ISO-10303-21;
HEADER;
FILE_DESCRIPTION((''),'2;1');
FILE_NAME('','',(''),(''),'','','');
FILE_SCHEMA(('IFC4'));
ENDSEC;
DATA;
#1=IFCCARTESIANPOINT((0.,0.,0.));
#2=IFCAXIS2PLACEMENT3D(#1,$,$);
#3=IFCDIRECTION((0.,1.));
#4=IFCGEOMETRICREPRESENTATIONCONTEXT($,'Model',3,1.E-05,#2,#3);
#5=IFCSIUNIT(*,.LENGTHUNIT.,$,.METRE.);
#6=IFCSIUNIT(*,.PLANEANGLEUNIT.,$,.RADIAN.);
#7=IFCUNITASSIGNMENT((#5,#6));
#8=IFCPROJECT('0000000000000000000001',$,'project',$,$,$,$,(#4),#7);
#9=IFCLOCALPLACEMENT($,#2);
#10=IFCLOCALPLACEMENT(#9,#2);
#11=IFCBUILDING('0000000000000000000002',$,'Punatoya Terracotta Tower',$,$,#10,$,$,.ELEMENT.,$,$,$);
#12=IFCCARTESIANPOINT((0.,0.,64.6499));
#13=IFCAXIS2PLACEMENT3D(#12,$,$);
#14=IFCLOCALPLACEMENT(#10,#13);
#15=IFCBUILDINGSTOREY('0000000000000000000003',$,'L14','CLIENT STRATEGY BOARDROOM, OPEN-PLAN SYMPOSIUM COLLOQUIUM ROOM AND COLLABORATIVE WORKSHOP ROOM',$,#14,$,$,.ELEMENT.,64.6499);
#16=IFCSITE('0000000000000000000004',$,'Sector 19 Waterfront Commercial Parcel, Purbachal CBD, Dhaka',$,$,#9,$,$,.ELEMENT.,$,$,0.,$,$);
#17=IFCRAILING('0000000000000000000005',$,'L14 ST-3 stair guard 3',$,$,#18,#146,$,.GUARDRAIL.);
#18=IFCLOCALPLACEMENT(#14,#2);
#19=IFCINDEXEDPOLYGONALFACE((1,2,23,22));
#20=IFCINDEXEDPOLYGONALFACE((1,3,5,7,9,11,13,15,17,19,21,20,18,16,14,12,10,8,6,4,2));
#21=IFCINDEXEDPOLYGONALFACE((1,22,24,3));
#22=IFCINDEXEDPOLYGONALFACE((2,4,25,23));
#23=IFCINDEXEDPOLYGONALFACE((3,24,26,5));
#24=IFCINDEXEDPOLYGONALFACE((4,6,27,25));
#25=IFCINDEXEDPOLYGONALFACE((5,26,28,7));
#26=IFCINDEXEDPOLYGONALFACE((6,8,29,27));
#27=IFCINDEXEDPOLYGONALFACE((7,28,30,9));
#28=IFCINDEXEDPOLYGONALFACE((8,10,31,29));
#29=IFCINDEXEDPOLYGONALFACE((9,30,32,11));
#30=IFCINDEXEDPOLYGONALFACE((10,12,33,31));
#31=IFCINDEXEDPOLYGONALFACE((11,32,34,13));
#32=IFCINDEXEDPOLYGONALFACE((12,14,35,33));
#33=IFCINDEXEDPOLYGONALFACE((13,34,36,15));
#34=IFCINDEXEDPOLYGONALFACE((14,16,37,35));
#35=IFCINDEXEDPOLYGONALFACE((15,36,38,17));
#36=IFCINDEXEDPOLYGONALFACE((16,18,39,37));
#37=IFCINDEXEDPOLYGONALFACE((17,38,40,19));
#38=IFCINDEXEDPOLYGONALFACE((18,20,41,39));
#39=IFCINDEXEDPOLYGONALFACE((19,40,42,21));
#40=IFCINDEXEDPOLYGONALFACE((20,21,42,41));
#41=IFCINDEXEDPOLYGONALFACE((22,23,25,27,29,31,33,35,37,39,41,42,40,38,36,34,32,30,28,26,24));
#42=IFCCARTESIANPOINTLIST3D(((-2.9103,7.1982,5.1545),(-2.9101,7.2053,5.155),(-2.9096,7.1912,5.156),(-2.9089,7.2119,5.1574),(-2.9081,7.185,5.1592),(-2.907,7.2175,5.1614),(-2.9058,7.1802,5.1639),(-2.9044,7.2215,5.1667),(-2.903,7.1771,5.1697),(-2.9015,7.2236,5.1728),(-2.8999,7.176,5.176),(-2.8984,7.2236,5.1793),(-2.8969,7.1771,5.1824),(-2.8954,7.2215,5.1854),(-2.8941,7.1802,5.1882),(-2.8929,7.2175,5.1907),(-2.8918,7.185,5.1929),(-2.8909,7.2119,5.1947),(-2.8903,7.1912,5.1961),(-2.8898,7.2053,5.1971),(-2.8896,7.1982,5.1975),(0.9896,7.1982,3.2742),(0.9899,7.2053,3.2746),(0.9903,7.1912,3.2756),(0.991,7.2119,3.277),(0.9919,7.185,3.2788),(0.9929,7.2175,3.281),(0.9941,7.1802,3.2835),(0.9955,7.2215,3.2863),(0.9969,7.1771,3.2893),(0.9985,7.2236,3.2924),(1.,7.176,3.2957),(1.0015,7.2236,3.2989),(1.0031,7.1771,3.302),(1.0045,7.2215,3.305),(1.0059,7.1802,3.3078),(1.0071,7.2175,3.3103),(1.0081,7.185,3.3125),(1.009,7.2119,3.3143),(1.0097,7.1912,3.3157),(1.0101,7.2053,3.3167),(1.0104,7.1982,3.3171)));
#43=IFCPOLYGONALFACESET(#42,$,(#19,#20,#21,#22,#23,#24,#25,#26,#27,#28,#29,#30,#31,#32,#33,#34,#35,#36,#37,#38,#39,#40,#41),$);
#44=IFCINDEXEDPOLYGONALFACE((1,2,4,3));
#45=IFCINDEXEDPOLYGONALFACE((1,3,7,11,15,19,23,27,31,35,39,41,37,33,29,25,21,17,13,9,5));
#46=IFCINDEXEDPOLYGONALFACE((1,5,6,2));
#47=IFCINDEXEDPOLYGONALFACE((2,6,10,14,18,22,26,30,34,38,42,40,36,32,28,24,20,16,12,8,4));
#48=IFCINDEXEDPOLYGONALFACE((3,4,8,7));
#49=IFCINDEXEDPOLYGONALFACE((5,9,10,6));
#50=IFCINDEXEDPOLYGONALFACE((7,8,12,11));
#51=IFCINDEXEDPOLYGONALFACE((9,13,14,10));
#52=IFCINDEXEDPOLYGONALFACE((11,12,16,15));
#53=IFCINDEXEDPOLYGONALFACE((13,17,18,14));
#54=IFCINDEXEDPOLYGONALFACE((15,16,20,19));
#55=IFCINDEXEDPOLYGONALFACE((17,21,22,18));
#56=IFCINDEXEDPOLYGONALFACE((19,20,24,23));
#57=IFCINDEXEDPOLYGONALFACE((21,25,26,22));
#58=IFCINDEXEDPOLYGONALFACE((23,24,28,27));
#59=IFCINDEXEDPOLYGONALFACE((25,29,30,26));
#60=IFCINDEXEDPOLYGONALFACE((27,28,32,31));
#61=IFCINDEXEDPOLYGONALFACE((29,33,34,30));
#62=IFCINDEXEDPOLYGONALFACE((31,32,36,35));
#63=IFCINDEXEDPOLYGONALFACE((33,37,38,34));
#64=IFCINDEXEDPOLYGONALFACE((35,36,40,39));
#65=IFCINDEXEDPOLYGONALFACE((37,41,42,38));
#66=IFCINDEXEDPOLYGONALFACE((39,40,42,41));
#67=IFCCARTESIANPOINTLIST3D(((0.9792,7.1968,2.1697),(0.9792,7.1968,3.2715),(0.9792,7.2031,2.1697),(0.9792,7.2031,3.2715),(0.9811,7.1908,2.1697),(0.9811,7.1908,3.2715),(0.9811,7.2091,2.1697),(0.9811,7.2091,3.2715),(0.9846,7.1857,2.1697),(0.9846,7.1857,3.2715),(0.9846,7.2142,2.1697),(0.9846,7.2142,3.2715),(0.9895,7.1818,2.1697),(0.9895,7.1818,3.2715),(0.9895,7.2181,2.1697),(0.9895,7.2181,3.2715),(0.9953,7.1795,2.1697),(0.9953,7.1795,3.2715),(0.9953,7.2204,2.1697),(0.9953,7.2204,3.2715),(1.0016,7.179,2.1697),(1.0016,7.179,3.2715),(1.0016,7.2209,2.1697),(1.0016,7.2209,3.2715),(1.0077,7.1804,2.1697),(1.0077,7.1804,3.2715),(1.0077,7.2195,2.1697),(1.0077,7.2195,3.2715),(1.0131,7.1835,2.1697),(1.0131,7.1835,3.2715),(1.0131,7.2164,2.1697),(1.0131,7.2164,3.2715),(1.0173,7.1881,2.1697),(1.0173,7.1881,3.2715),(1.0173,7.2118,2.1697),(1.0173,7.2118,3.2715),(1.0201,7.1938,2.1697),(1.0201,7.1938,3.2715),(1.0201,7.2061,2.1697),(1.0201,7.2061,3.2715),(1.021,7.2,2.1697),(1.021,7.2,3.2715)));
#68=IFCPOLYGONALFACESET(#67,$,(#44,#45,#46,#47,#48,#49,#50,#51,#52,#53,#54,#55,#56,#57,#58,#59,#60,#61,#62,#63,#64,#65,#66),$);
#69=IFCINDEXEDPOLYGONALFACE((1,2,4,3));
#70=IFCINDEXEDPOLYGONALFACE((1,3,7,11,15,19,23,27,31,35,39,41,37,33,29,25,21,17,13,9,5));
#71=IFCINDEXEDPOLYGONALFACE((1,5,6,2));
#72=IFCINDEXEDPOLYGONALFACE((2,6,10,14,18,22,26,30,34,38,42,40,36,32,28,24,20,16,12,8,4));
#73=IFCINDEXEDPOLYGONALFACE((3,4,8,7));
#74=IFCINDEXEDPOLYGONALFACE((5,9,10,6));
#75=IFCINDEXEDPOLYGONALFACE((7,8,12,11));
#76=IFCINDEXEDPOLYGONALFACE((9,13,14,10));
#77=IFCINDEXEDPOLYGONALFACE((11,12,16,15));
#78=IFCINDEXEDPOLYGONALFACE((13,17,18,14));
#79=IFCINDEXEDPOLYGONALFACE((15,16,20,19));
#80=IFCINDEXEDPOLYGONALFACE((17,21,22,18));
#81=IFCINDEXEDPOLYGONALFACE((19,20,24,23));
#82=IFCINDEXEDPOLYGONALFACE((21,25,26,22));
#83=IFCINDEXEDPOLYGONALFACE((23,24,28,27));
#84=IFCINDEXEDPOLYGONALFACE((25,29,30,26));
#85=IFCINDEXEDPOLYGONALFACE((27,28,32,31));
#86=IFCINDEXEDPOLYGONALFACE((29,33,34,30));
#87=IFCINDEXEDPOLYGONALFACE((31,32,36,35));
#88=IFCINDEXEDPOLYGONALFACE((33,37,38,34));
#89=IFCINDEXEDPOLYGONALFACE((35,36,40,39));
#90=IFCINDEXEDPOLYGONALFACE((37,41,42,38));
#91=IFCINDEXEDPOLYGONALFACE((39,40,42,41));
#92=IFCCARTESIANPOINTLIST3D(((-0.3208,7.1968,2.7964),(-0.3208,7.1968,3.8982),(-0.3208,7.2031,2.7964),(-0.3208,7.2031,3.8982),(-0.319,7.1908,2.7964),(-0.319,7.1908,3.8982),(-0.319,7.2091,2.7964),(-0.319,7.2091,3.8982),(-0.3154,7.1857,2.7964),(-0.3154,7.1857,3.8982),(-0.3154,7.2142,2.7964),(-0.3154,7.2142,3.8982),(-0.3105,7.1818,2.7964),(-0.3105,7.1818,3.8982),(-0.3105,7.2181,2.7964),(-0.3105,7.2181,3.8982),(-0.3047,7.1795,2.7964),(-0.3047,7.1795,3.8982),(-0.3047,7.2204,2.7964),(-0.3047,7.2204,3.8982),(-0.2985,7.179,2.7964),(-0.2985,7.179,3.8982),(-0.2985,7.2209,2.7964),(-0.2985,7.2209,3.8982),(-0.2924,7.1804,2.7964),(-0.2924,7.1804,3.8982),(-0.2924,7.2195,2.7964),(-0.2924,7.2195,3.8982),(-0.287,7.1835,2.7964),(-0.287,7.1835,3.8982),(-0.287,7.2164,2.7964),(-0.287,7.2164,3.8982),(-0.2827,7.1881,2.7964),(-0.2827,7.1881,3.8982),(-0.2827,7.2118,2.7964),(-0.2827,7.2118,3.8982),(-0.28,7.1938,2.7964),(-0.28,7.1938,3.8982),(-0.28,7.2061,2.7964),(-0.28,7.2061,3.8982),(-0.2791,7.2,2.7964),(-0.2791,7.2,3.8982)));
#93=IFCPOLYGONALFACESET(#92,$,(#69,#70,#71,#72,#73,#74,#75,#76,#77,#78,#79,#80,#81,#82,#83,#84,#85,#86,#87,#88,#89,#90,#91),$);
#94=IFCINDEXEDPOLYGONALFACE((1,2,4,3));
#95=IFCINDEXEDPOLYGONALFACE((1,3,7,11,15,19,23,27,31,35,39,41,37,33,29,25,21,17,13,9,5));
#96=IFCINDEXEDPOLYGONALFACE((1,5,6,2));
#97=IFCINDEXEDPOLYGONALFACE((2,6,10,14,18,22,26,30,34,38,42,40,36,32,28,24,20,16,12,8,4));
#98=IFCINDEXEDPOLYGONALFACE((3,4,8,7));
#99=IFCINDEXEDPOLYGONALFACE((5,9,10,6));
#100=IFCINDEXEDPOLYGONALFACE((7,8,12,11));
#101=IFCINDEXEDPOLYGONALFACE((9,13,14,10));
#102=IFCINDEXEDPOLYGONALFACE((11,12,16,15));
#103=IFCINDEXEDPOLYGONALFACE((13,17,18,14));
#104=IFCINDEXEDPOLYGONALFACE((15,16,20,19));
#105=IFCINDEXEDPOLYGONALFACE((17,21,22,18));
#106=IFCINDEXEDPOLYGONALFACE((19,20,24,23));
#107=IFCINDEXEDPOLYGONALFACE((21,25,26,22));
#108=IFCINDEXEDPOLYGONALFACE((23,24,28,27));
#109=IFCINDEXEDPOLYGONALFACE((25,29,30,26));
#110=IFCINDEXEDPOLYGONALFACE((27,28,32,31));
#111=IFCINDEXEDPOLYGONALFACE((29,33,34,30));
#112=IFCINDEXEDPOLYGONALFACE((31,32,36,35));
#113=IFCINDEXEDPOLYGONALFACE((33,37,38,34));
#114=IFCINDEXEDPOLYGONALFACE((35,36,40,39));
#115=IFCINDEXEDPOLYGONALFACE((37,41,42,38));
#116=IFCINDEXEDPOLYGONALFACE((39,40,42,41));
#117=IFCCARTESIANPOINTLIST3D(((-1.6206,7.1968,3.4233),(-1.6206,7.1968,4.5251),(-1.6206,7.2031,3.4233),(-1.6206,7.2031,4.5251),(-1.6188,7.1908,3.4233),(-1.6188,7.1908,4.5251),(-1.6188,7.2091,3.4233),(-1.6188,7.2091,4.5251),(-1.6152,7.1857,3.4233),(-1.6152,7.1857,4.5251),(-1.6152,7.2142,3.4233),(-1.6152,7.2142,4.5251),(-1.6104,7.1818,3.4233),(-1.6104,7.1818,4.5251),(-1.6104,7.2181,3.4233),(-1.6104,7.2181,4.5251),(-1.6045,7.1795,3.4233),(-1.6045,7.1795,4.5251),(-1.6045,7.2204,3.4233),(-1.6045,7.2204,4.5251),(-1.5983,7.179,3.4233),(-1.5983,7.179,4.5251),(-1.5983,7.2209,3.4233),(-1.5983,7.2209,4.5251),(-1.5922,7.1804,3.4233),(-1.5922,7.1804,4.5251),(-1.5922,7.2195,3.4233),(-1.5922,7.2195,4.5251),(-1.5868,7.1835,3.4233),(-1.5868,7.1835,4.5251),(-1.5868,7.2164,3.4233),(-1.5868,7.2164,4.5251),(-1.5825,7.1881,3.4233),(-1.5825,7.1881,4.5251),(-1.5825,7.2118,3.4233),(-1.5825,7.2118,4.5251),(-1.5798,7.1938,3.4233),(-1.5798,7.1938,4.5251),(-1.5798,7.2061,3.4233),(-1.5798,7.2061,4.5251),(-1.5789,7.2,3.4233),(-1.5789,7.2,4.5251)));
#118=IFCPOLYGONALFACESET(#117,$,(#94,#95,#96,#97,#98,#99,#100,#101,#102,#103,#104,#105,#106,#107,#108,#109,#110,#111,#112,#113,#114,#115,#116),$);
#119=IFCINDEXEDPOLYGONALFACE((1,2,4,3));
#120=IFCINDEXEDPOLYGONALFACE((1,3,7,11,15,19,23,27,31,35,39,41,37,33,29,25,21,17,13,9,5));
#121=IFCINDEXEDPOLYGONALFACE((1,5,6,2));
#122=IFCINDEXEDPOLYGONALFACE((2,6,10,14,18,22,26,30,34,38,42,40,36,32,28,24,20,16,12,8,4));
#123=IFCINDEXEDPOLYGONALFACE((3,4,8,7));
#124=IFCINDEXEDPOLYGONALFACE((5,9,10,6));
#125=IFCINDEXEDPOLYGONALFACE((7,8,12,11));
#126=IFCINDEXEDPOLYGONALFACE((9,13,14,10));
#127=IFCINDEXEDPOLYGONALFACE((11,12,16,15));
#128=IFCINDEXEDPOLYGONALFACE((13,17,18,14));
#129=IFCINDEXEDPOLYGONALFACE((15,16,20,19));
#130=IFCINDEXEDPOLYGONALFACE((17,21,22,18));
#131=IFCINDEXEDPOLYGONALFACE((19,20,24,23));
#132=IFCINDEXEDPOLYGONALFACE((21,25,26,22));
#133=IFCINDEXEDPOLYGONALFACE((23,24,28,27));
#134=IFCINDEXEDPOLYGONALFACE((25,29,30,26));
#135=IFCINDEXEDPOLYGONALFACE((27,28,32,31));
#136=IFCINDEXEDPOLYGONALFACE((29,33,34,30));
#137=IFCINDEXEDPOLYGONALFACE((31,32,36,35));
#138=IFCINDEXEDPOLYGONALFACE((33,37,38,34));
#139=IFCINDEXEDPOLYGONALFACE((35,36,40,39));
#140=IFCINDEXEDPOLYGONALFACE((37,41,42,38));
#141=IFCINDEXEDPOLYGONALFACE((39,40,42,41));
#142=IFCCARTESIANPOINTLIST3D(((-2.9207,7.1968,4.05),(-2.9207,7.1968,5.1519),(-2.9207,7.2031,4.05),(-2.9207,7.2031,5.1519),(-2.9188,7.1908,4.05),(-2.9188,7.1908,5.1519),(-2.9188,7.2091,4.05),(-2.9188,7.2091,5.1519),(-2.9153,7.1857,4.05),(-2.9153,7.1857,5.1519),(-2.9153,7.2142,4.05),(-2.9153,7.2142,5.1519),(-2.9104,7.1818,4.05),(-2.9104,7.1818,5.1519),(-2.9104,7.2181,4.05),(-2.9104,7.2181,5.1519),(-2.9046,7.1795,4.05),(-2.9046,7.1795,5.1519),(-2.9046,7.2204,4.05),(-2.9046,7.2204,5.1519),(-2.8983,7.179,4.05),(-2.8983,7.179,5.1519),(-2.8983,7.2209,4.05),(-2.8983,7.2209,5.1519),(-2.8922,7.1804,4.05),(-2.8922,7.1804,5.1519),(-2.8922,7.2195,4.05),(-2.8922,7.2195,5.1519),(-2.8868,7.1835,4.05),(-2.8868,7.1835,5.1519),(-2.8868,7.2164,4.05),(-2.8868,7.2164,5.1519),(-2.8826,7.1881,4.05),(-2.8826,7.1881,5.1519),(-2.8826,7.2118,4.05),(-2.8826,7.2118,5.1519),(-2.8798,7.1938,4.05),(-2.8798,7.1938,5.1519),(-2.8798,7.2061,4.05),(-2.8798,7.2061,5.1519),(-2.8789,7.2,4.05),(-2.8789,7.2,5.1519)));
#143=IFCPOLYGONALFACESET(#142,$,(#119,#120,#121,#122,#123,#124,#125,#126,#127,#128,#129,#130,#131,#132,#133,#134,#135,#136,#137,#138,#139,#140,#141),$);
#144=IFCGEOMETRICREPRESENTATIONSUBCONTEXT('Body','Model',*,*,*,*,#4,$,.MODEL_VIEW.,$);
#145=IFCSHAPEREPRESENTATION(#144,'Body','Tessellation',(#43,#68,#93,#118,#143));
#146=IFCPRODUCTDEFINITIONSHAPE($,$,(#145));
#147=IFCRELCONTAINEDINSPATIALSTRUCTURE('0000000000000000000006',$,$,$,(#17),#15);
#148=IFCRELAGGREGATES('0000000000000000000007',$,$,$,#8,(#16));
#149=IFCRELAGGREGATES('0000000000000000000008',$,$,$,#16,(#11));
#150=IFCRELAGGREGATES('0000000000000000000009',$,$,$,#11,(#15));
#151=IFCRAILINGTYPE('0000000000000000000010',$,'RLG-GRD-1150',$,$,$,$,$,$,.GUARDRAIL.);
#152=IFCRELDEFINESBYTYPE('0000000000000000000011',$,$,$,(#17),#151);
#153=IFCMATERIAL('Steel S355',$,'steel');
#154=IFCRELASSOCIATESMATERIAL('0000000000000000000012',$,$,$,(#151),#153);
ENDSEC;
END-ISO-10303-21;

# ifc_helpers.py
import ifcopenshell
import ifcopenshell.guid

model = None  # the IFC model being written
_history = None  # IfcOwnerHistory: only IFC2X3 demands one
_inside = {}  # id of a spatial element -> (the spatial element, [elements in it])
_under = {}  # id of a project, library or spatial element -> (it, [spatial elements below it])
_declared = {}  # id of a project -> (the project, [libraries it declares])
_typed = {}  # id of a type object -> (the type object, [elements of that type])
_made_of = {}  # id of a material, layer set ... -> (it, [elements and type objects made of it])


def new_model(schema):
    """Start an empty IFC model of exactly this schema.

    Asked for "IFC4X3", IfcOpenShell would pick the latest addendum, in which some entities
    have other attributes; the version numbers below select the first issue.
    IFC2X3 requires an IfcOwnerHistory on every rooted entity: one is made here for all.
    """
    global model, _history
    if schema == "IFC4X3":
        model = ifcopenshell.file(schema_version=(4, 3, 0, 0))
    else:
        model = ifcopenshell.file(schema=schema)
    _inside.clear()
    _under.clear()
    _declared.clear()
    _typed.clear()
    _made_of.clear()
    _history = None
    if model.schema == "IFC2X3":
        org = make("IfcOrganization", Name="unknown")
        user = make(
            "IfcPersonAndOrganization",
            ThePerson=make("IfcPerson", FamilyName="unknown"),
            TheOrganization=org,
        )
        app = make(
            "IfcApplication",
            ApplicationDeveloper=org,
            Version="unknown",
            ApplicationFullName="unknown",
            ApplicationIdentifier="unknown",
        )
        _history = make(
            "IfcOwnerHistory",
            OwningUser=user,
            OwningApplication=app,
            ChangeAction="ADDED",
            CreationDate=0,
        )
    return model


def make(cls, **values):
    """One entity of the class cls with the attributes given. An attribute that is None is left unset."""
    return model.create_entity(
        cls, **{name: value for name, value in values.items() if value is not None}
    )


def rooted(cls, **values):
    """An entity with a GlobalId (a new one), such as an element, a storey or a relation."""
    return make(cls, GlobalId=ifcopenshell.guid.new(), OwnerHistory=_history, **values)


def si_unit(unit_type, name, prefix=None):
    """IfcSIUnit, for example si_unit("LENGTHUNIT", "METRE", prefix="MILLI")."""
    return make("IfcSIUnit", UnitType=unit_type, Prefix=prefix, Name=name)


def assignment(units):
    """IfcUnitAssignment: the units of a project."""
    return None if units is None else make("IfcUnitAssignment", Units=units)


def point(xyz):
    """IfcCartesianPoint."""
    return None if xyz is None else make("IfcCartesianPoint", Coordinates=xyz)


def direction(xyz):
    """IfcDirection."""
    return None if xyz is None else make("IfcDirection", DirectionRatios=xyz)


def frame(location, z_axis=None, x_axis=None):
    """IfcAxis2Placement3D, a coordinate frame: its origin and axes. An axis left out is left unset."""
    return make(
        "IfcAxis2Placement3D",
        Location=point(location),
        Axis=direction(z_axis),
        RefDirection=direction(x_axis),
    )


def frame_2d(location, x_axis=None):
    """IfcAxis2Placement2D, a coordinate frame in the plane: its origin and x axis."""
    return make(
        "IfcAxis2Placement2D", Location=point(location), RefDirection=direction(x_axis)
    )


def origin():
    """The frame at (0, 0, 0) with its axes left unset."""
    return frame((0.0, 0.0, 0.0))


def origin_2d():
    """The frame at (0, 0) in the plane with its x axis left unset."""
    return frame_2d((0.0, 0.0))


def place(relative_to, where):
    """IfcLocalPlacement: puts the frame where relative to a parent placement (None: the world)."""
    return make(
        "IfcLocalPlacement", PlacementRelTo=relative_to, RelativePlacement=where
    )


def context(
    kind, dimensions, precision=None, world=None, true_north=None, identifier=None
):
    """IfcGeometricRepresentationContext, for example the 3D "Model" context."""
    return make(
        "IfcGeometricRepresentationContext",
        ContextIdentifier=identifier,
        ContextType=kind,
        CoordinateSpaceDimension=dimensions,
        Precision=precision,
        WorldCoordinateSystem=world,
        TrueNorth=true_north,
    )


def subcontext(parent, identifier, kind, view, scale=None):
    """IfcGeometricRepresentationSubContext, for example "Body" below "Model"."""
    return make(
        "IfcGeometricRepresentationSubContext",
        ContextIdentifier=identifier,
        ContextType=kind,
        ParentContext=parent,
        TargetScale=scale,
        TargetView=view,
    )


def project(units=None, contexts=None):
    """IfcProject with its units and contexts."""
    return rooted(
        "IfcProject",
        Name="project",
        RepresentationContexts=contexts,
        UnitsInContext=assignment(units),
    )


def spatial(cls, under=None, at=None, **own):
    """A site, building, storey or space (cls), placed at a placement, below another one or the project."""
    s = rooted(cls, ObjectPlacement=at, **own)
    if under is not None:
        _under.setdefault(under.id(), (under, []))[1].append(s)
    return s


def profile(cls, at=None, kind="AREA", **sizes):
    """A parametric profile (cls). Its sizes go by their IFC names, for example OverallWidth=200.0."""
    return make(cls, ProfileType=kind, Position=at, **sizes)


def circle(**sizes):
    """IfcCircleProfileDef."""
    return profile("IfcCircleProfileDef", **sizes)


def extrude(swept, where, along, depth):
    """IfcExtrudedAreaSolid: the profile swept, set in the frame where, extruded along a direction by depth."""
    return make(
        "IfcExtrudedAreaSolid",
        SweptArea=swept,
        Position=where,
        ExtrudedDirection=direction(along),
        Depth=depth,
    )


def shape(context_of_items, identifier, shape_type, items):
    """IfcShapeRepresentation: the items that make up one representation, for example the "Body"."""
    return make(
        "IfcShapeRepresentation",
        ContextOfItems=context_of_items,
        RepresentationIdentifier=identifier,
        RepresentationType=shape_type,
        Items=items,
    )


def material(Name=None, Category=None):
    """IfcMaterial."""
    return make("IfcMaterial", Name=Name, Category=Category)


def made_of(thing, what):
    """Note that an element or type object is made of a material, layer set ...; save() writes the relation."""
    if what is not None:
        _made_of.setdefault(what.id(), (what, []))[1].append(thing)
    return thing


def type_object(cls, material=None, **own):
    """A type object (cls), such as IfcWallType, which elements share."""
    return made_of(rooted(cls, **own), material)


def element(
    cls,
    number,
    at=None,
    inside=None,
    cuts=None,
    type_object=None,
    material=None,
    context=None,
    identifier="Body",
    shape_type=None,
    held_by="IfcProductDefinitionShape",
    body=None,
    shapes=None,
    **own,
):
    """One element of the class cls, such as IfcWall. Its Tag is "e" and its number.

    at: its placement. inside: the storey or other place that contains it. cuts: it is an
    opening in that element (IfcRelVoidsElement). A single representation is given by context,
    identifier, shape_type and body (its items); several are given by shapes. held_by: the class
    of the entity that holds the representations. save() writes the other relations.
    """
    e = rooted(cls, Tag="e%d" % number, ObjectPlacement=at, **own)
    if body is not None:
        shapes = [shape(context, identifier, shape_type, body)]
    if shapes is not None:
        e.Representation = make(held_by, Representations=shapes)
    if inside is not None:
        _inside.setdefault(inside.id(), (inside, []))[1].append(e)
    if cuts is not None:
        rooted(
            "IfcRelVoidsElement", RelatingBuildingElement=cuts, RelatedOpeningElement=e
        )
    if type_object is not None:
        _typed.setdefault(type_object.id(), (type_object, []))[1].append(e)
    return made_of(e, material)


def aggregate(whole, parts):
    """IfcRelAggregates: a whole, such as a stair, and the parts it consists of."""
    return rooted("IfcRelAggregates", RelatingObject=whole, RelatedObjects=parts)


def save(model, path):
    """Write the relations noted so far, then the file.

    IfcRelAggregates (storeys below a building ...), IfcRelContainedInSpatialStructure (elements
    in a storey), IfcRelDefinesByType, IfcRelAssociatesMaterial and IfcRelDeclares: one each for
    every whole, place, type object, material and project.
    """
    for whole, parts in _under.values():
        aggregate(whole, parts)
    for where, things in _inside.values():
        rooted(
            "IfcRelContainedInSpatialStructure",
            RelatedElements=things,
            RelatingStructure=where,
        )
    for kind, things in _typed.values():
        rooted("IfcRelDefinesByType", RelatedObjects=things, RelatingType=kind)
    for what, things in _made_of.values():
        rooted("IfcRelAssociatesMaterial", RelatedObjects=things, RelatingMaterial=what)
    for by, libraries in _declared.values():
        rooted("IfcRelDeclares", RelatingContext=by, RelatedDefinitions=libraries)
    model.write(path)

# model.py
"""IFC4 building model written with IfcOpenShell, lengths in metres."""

from ifc_helpers import new_model, si_unit, direction, frame, origin, origin_2d, place, context, subcontext, project, spatial, circle, extrude, material, type_object, element, save


model = new_model("IFC4")

# Units and contexts
model_context = context("Model", 3, precision=1e-05, world=origin(), true_north=direction((0.0, 1.0)))
body_context = subcontext(model_context, "Body", "Model", "MODEL_VIEW")
ifc_project = project(units=[si_unit("LENGTHUNIT", "METRE"), si_unit("PLANEANGLEUNIT", "RADIAN")], contexts=[model_context])

# Site, building, storey
site_placement = place(None, origin())
site = spatial("IfcSite", under=ifc_project, at=site_placement, Name="Sector 19 Waterfront Commercial Parcel, Purbachal CBD, Dhaka", CompositionType="ELEMENT", RefElevation=0.0)
building_placement = place(site_placement, origin())
building = spatial("IfcBuilding", under=site, at=building_placement, Name="Punatoya Terracotta Tower", CompositionType="ELEMENT")
storey_placement = place(building_placement, frame((0.0, 0.0, 64.6499)))
storey = spatial("IfcBuildingStorey", under=building, at=storey_placement, Name="L14", Description="CLIENT STRATEGY BOARDROOM, OPEN-PLAN SYMPOSIUM COLLOQUIUM ROOM AND COLLABORATIVE WORKSHOP ROOM", CompositionType="ELEMENT", Elevation=64.6499)

# Shared definitions
ifc_material_1 = material(Name="Steel S355", Category="steel")

# Railing
railing_type_1 = type_object("IfcRailingType", Name="RLG-GRD-1150", PredefinedType="GUARDRAIL", material=ifc_material_1)
railing_1_placement = place(storey_placement, frame((1.0, 7.2, 2.1697)))
element("IfcRailing", 1, at=railing_1_placement, inside=storey, type_object=railing_type_1, Name="L14 ST-3 stair guard 3", PredefinedType="GUARDRAIL", context=body_context, shape_type="SweptSolid", body=[
    extrude(circle(Radius=0.0239, at=origin_2d()), frame((0.0, 0.0, 1.126), z_axis=(-0.900763, 0.0, 0.434311), x_axis=(0.0, -1.0, 0.0)), (0.0, 0.0, 1.0), 4.3296),
    extrude(circle(Radius=0.021, at=origin_2d()), origin(), (0.0, 0.0, 1.0), 1.1018),
    extrude(circle(Radius=0.021, at=origin_2d()), frame((-1.3, 0.0, 0.6267)), (0.0, 0.0, 1.0), 1.1018),
    extrude(circle(Radius=0.021, at=origin_2d()), frame((-2.5999, 0.0, 1.2537)), (0.0, 0.0, 1.0), 1.1018),
    extrude(circle(Radius=0.021, at=origin_2d()), frame((-3.8999, 0.0, 1.8804)), (0.0, 0.0, 1.0), 1.1018),
])

save(model, "model.ifc")
